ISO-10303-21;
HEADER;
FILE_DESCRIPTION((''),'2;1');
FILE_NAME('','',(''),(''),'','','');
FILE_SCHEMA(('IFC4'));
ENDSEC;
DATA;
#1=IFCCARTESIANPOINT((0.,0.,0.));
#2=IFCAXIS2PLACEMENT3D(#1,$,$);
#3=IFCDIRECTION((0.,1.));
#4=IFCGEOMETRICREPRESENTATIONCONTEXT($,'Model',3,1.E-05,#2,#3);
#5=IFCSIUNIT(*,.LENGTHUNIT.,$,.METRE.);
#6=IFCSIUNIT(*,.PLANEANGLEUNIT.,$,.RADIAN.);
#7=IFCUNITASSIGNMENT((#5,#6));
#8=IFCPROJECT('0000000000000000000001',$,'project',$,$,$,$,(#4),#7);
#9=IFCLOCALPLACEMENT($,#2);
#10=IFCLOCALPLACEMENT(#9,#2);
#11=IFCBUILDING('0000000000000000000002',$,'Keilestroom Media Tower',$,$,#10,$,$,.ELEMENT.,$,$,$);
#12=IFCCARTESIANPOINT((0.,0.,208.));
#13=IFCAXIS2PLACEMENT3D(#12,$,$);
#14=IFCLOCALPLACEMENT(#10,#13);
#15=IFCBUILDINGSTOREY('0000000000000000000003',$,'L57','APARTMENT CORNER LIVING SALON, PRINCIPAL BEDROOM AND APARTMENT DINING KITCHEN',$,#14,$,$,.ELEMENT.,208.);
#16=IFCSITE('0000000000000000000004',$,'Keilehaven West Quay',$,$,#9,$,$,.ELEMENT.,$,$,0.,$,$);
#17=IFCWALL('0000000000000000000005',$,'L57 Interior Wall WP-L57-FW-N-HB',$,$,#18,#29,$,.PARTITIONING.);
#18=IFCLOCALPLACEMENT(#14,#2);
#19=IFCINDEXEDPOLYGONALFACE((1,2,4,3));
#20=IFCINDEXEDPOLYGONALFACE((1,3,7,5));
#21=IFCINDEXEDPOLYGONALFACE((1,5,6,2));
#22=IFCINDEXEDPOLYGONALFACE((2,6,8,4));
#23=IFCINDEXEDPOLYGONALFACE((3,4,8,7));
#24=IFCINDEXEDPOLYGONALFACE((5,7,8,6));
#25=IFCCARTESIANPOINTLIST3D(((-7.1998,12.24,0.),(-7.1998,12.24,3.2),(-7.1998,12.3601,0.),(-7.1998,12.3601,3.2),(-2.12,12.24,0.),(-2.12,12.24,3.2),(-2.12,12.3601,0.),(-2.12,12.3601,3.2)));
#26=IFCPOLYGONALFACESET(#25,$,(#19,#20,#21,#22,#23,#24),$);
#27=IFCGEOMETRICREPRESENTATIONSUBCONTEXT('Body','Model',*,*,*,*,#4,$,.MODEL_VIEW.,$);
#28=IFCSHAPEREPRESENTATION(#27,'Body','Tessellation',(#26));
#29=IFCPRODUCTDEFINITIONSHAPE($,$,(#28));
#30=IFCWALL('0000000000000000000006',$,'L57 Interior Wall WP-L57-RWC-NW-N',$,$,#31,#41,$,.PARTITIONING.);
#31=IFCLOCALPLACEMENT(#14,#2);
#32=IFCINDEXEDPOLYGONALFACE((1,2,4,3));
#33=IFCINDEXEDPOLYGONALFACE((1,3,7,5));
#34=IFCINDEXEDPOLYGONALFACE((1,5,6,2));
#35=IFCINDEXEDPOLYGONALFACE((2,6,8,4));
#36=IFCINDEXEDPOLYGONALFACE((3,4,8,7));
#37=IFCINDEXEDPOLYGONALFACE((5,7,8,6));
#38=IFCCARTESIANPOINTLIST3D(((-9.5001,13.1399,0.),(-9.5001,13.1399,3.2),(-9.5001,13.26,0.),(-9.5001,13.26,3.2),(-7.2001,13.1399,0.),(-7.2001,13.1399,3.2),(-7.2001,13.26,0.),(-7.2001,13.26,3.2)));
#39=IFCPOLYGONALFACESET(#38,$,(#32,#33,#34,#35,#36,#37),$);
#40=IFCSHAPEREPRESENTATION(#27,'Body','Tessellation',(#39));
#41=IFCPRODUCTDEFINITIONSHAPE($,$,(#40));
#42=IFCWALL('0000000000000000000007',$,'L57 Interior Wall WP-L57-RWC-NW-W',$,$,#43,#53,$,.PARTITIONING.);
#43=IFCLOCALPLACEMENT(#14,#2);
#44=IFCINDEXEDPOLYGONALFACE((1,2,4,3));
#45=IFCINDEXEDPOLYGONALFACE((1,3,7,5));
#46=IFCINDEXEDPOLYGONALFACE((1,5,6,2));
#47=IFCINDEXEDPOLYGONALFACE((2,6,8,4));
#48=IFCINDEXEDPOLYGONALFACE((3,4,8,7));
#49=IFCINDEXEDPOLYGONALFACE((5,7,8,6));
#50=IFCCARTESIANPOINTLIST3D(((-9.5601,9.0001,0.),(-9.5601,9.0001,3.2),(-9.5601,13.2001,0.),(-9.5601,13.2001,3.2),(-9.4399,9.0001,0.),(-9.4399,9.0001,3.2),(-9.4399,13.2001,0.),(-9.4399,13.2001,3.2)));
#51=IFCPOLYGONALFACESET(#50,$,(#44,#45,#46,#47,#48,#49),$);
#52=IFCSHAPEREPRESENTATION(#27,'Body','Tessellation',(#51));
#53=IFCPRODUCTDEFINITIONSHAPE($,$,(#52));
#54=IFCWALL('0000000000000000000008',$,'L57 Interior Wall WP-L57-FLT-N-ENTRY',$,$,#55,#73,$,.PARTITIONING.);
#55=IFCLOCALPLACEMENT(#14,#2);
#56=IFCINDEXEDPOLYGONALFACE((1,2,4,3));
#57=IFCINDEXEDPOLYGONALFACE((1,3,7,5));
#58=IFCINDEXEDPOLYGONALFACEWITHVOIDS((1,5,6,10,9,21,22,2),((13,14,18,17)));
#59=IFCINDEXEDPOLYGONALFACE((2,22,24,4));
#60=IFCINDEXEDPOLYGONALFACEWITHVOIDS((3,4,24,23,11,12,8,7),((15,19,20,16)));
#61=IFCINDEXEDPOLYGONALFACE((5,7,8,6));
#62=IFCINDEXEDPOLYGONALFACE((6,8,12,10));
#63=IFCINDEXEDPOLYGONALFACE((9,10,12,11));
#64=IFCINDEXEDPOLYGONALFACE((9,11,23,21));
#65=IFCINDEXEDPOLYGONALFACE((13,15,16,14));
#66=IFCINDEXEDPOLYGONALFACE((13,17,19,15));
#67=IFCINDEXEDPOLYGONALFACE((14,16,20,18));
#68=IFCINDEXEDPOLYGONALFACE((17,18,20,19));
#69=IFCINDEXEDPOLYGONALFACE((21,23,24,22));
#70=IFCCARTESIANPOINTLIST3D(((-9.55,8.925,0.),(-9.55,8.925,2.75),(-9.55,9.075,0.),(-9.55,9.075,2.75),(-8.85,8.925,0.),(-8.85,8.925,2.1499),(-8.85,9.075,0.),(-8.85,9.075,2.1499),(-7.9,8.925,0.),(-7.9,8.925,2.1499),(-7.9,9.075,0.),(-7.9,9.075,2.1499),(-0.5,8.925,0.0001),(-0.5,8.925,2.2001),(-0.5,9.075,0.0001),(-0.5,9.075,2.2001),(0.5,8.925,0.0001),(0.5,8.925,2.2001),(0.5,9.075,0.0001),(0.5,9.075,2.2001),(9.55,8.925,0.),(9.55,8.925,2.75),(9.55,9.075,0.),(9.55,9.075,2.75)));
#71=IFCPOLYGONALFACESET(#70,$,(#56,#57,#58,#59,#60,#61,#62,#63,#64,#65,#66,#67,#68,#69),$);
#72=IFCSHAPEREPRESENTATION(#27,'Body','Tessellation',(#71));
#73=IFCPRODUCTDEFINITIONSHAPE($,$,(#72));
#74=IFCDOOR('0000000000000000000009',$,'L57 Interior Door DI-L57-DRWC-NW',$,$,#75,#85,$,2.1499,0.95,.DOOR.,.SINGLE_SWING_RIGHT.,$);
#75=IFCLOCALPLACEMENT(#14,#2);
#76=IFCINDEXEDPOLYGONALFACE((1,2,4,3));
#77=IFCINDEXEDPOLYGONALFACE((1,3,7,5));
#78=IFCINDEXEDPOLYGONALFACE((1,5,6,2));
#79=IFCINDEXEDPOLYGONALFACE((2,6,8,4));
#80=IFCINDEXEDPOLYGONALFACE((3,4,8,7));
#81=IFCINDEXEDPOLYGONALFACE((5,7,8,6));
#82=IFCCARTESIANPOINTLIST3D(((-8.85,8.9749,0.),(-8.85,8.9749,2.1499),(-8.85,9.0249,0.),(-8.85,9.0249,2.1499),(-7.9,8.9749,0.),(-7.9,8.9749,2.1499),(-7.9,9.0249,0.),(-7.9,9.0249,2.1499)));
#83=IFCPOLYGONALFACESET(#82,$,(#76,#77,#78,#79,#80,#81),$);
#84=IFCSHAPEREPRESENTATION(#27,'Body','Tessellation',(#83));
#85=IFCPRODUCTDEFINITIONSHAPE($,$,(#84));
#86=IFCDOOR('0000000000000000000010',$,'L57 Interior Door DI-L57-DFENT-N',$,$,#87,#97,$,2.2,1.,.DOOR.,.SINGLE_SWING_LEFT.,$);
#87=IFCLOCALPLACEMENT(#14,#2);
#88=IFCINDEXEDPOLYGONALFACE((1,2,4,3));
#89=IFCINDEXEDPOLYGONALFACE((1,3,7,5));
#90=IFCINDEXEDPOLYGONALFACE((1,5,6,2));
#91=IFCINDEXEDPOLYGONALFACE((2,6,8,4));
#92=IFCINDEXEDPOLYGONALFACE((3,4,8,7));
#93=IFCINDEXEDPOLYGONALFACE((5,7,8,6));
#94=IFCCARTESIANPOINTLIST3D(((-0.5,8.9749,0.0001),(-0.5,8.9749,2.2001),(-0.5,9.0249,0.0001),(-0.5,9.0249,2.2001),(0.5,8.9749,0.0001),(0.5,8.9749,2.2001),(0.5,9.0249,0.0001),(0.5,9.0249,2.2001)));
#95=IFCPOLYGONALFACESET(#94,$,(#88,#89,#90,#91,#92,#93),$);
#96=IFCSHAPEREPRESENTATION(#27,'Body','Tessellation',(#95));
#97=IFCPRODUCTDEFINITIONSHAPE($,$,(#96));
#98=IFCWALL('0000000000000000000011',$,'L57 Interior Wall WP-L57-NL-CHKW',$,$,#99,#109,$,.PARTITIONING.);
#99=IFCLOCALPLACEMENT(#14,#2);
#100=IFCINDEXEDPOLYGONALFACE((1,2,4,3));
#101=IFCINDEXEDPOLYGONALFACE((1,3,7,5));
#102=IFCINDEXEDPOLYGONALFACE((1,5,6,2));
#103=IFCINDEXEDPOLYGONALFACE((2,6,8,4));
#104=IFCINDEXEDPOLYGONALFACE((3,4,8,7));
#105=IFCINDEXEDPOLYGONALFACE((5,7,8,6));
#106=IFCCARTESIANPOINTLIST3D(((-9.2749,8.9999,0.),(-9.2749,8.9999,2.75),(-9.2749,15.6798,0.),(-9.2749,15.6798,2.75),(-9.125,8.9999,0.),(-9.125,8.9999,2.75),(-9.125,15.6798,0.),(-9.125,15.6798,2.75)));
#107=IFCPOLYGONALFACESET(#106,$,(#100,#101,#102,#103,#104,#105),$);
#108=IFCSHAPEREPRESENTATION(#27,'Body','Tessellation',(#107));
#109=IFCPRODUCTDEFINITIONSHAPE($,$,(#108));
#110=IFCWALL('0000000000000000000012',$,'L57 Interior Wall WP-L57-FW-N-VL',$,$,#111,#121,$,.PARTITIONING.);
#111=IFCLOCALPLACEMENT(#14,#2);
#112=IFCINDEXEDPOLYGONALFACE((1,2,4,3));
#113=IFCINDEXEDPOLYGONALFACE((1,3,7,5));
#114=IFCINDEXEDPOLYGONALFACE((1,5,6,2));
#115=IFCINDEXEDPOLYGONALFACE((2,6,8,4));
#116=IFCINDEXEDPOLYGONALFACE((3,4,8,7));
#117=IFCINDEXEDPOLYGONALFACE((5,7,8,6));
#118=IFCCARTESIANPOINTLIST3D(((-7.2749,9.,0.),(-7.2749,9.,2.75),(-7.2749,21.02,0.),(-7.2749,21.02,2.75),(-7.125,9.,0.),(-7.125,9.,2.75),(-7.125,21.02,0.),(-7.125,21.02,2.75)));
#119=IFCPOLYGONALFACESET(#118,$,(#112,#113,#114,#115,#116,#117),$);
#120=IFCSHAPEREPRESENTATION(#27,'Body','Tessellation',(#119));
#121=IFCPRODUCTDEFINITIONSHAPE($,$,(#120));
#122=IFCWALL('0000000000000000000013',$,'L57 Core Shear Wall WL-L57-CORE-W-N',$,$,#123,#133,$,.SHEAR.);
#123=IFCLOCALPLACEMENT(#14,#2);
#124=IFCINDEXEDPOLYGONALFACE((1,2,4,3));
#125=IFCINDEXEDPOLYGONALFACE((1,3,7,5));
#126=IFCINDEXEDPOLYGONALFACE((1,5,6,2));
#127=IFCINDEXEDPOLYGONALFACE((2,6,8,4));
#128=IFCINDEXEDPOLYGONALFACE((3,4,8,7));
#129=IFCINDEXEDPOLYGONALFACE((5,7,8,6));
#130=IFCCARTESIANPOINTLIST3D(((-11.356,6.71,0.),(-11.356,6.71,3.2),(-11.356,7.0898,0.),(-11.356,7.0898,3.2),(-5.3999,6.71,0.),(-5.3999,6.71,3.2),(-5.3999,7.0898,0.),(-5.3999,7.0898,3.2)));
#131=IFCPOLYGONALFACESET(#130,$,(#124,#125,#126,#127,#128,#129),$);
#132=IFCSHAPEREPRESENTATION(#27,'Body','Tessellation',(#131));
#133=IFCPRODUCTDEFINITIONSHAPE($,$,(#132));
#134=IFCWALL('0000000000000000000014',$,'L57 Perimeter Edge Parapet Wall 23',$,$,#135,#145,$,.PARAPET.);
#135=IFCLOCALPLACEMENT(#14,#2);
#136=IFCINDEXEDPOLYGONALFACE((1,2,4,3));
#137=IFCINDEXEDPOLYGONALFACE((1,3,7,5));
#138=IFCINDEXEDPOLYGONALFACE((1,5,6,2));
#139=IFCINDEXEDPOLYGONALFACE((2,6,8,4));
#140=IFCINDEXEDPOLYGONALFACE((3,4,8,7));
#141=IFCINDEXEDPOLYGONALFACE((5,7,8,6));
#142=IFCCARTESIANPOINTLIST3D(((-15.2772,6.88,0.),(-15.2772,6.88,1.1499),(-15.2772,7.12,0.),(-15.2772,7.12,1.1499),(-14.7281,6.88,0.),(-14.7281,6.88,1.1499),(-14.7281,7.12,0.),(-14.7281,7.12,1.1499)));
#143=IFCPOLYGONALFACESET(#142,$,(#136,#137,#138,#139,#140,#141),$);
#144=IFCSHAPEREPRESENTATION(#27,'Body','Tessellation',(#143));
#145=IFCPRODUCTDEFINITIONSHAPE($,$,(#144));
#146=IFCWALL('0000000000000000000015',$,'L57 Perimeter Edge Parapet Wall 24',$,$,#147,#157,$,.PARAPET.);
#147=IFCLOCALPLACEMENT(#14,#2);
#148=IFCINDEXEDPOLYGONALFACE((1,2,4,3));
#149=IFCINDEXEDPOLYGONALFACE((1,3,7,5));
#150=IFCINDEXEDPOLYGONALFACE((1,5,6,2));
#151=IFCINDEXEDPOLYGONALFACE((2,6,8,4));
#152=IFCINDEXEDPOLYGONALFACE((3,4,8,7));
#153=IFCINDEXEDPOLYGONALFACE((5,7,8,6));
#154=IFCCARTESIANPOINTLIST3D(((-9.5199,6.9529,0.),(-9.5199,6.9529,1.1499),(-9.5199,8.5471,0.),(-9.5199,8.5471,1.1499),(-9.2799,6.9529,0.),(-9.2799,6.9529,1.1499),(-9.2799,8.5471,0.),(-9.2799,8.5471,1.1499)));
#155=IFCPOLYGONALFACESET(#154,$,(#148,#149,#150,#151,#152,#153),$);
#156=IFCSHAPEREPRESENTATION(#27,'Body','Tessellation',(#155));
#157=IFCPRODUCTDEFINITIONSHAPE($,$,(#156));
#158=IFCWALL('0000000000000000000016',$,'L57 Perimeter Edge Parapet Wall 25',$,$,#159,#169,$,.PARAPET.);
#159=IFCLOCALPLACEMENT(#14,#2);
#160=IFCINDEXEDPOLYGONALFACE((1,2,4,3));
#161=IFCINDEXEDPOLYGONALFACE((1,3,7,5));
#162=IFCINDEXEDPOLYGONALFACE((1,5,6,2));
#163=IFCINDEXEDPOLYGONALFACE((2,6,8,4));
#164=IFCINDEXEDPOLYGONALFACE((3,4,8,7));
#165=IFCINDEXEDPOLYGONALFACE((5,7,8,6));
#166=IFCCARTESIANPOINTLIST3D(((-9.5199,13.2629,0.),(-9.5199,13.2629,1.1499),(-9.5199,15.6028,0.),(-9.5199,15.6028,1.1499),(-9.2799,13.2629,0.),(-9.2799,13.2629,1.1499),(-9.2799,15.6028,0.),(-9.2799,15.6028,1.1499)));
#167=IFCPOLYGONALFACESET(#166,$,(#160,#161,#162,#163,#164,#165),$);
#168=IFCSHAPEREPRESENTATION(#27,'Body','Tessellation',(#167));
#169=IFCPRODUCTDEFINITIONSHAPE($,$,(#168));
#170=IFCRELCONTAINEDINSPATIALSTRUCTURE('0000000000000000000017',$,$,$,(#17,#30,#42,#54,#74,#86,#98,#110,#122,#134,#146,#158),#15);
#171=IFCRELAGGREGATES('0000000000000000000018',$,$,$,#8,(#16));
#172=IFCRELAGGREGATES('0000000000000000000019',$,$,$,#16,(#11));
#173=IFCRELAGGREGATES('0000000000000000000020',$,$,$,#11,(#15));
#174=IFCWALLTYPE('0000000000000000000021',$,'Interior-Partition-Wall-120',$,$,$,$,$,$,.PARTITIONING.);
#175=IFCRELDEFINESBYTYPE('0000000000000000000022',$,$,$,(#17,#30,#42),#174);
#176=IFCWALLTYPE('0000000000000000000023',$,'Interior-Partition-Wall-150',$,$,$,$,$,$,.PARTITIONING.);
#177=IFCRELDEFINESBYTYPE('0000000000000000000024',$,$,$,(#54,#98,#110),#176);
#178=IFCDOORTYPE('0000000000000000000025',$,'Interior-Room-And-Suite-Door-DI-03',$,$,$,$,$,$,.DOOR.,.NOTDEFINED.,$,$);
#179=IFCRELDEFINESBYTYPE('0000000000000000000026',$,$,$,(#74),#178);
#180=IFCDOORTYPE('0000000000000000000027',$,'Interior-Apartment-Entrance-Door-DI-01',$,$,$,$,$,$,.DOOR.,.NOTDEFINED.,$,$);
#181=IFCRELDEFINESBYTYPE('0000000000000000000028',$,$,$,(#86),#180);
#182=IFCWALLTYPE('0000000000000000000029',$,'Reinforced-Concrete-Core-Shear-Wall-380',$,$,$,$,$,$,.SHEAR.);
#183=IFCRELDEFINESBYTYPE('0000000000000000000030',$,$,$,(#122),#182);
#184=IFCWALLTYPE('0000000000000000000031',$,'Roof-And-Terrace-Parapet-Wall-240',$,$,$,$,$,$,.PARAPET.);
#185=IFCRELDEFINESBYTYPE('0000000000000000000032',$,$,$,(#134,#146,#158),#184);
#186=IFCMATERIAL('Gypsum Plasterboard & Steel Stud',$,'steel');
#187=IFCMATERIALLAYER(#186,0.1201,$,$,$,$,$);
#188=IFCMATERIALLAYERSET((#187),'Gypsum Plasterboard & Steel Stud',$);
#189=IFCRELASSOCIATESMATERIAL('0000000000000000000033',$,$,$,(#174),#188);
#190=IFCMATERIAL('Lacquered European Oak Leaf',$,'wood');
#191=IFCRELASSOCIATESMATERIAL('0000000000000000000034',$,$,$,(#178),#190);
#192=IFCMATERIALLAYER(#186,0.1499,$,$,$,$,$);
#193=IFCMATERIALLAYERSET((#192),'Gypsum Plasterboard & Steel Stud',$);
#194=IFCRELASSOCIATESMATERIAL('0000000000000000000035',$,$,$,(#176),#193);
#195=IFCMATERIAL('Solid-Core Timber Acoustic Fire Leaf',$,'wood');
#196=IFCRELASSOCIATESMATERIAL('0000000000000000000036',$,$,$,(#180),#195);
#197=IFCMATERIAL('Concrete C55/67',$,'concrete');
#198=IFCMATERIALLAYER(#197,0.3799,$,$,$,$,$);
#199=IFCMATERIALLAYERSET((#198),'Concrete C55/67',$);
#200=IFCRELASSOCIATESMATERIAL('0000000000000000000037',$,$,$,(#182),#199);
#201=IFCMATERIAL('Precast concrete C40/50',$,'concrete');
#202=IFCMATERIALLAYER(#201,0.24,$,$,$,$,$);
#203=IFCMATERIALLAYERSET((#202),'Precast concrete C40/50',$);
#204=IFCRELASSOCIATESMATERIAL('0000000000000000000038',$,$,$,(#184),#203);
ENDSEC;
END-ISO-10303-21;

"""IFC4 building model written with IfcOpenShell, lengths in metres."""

from ifc_helpers import new_model, si_unit, direction, frame, frame_2d, origin, place, context, subcontext, project, spatial, rectangle, extrude, source, transform, mapped, material, layer, layer_set, type_object, element, fill, save


model = new_model("IFC4")

# Units and contexts
model_context = context("Model", 3, precision=1e-05, world=origin(), true_north=direction((0.0, 1.0)))
body_context = subcontext(model_context, "Body", "Model", "MODEL_VIEW")
ifc_project = project(units=[si_unit("LENGTHUNIT", "METRE"), si_unit("PLANEANGLEUNIT", "RADIAN")], contexts=[model_context])

# Site, building, storey
site_placement = place(None, origin())
site = spatial("IfcSite", under=ifc_project, at=site_placement, Name="Keilehaven West Quay", CompositionType="ELEMENT", RefElevation=0.0)
building_placement = place(site_placement, origin())
building = spatial("IfcBuilding", under=site, at=building_placement, Name="Keilestroom Media Tower", CompositionType="ELEMENT")
storey_placement = place(building_placement, frame((0.0, 0.0, 208.0)))
storey = spatial("IfcBuildingStorey", under=building, at=storey_placement, Name="L57", Description="APARTMENT CORNER LIVING SALON, PRINCIPAL BEDROOM AND APARTMENT DINING KITCHEN", CompositionType="ELEMENT", Elevation=208.0)

# Shared definitions
ifc_material_1 = material(Name="Precast concrete C40/50", Category="concrete")
ifc_material_2 = material(Name="Concrete C55/67", Category="concrete")

# Shared definitions
ifc_material_3 = material(Name="Gypsum Plasterboard & Steel Stud", Category="steel")
ifc_layer_1 = layer(ifc_material_3, 0.1201)
ifc_layer_set_1 = layer_set([ifc_layer_1], Name="Gypsum Plasterboard & Steel Stud")
wall_type_1 = type_object("IfcWallType", Name="Interior-Partition-Wall-120", PredefinedType="PARTITIONING", material=ifc_layer_set_1)
ifc_material_4 = material(Name="Lacquered European Oak Leaf", Category="wood")
door_type_1 = type_object("IfcDoorType", Name="Interior-Room-And-Suite-Door-DI-03", OperationType="NOTDEFINED", PredefinedType="DOOR", material=ifc_material_4)
shared_shape_1 = source(origin(), body_context, "Body", "SweptSolid", [
    extrude(rectangle(XDim=0.95, YDim=2.1499, at=frame_2d((0.4751, 1.075))), frame((0.0, 0.0249, 0.0), z_axis=(0.0, -1.0, 0.0), x_axis=(1.0, 0.0, 0.0)), (0.0, 0.0, 1.0), 0.05),
])

# Walls
wall_1_placement = place(storey_placement, frame((-7.2, 12.3, 0.0), z_axis=(0.0, 0.0, 1.0), x_axis=(1.0, 0.0, 0.0)))
element("IfcWall", 1, at=wall_1_placement, inside=storey, type_object=wall_type_1, Name="L57 Interior Wall WP-L57-FW-N-HB", PredefinedType="PARTITIONING", context=body_context, shape_type="SweptSolid", body=[
    extrude(rectangle(XDim=5.0798, YDim=0.1201, at=frame_2d((2.54, 0.0))), origin(), (0.0, 0.0, 1.0), 3.2),
])
wall_2_placement = place(storey_placement, frame((-9.5, 13.2, 0.0), z_axis=(0.0, 0.0, 1.0), x_axis=(1.0, 0.0, 0.0)))
element("IfcWall", 2, at=wall_2_placement, inside=storey, type_object=wall_type_1, Name="L57 Interior Wall WP-L57-RWC-NW-N", PredefinedType="PARTITIONING", context=body_context, shape_type="SweptSolid", body=[
    extrude(rectangle(XDim=2.3, YDim=0.1201, at=frame_2d((1.1499, 0.0))), origin(), (0.0, 0.0, 1.0), 3.2),
])
wall_3_placement = place(storey_placement, frame((-9.5, 9.0, 0.0), z_axis=(0.0, 0.0, 1.0), x_axis=(0.0, 1.0, 0.0)))
element("IfcWall", 3, at=wall_3_placement, inside=storey, type_object=wall_type_1, Name="L57 Interior Wall WP-L57-RWC-NW-W", PredefinedType="PARTITIONING", context=body_context, shape_type="SweptSolid", body=[
    extrude(rectangle(XDim=4.2, YDim=0.1201, at=frame_2d((2.1001, 0.0))), origin(), (0.0, 0.0, 1.0), 3.2),
])

# Wall, openings, doors
ifc_layer_2 = layer(ifc_material_3, 0.1499)
ifc_layer_set_2 = layer_set([ifc_layer_2], Name="Gypsum Plasterboard & Steel Stud")
wall_type_2 = type_object("IfcWallType", Name="Interior-Partition-Wall-150", PredefinedType="PARTITIONING", material=ifc_layer_set_2)
wall_4_placement = place(storey_placement, frame((-9.55, 9.0, 0.0), z_axis=(0.0, 0.0, 1.0), x_axis=(1.0, 0.0, 0.0)))
wall_4 = element("IfcWall", 4, at=wall_4_placement, inside=storey, type_object=wall_type_2, Name="L57 Interior Wall WP-L57-FLT-N-ENTRY", PredefinedType="PARTITIONING", context=body_context, shape_type="SweptSolid", body=[
    extrude(rectangle(XDim=19.1001, YDim=0.1499, at=frame_2d((9.55, 0.0))), origin(), (0.0, 0.0, 1.0), 2.75),
])
opening_1_placement = place(wall_4_placement, frame((0.7, 0.0, 0.0)))
opening_1 = element("IfcOpeningElement", 5, at=opening_1_placement, cuts=wall_4, PredefinedType="OPENING", context=body_context, shape_type="SweptSolid", body=[
    extrude(rectangle(XDim=0.95, YDim=2.1499, at=frame_2d((0.4751, 1.075))), frame((0.0, 0.085, 0.0), z_axis=(0.0, -1.0, 0.0), x_axis=(1.0, 0.0, 0.0)), (0.0, 0.0, 1.0), 0.1699),
])
opening_2_placement = place(wall_4_placement, frame((9.05, 0.0, 0.0)))
opening_2 = element("IfcOpeningElement", 6, at=opening_2_placement, cuts=wall_4, PredefinedType="OPENING", context=body_context, shape_type="SweptSolid", body=[
    extrude(rectangle(XDim=1.0, YDim=2.2, at=frame_2d((0.5, 1.1001))), frame((0.0, 0.085, 0.0), z_axis=(0.0, -1.0, 0.0), x_axis=(1.0, 0.0, 0.0)), (0.0, 0.0, 1.0), 0.1699),
])
door_1_placement = place(opening_1_placement, origin())
door_1 = element("IfcDoor", 7, at=door_1_placement, inside=storey, type_object=door_type_1, Name="L57 Interior Door DI-L57-DRWC-NW", OperationType="SINGLE_SWING_RIGHT", OverallHeight=2.1499, OverallWidth=0.95, PredefinedType="DOOR", context=body_context, shape_type="MappedRepresentation", body=[
    mapped(shared_shape_1, transform((0.0, 0.0, 0.0), x_axis=(1.0, 0.0, 0.0), y_axis=(0.0, 1.0, 0.0), z_axis=(0.0, 0.0, 1.0), scale=1.0)),
])
fill(opening_1, door_1)
ifc_material_5 = material(Name="Solid-Core Timber Acoustic Fire Leaf", Category="wood")
door_type_2 = type_object("IfcDoorType", Name="Interior-Apartment-Entrance-Door-DI-01", OperationType="NOTDEFINED", PredefinedType="DOOR", material=ifc_material_5)
shared_shape_2 = source(origin(), body_context, "Body", "SweptSolid", [
    extrude(rectangle(XDim=1.0, YDim=2.2, at=frame_2d((0.5, 1.1001))), frame((0.0, 0.0249, 0.0), z_axis=(0.0, -1.0, 0.0), x_axis=(1.0, 0.0, 0.0)), (0.0, 0.0, 1.0), 0.05),
])
door_2_placement = place(opening_2_placement, origin())
door_2 = element("IfcDoor", 8, at=door_2_placement, inside=storey, type_object=door_type_2, Name="L57 Interior Door DI-L57-DFENT-N", OperationType="SINGLE_SWING_LEFT", OverallHeight=2.2, OverallWidth=1.0, PredefinedType="DOOR", context=body_context, shape_type="MappedRepresentation", body=[
    mapped(shared_shape_2, transform((0.0, 0.0, 0.0), x_axis=(1.0, 0.0, 0.0), y_axis=(0.0, 1.0, 0.0), z_axis=(0.0, 0.0, 1.0), scale=1.0)),
])
fill(opening_2, door_2)

# Walls
wall_5_placement = place(storey_placement, frame((-9.2, 9.0, 0.0), z_axis=(0.0, 0.0, 1.0), x_axis=(0.0, 1.0, 0.0)))
element("IfcWall", 9, at=wall_5_placement, inside=storey, type_object=wall_type_2, Name="L57 Interior Wall WP-L57-NL-CHKW", PredefinedType="PARTITIONING", context=body_context, shape_type="SweptSolid", body=[
    extrude(rectangle(XDim=6.6799, YDim=0.1499, at=frame_2d((3.3398, 0.0))), origin(), (0.0, 0.0, 1.0), 2.75),
])
wall_6_placement = place(storey_placement, frame((-7.2, 9.0, 0.0), z_axis=(0.0, 0.0, 1.0), x_axis=(0.0, 1.0, 0.0)))
element("IfcWall", 10, at=wall_6_placement, inside=storey, type_object=wall_type_2, Name="L57 Interior Wall WP-L57-FW-N-VL", PredefinedType="PARTITIONING", context=body_context, shape_type="SweptSolid", body=[
    extrude(rectangle(XDim=12.02, YDim=0.1499, at=frame_2d((6.01, 0.0))), origin(), (0.0, 0.0, 1.0), 2.75),
])
ifc_layer_3 = layer(ifc_material_2, 0.3799)
ifc_layer_set_3 = layer_set([ifc_layer_3], Name="Concrete C55/67")
wall_type_3 = type_object("IfcWallType", Name="Reinforced-Concrete-Core-Shear-Wall-380", PredefinedType="SHEAR", material=ifc_layer_set_3)
wall_7_placement = place(storey_placement, frame((-11.356, 6.8999, 0.0), z_axis=(0.0, 0.0, 1.0), x_axis=(1.0, 0.0, 0.0)))
element("IfcWall", 11, at=wall_7_placement, inside=storey, type_object=wall_type_3, Name="L57 Core Shear Wall WL-L57-CORE-W-N", PredefinedType="SHEAR", context=body_context, shape_type="SweptSolid", body=[
    extrude(rectangle(XDim=5.9561, YDim=0.3799, at=frame_2d((2.978, 0.0))), origin(), (0.0, 0.0, 1.0), 3.2),
])
ifc_layer_4 = layer(ifc_material_1, 0.24)
ifc_layer_set_4 = layer_set([ifc_layer_4], Name="Precast concrete C40/50")
wall_type_4 = type_object("IfcWallType", Name="Roof-And-Terrace-Parapet-Wall-240", PredefinedType="PARAPET", material=ifc_layer_set_4)
wall_8_placement = place(storey_placement, frame((-15.2771, 7.0, 0.0), z_axis=(0.0, 0.0, 1.0), x_axis=(1.0, 0.0, 0.0)))
element("IfcWall", 12, at=wall_8_placement, inside=storey, type_object=wall_type_4, Name="L57 Perimeter Edge Parapet Wall 23", PredefinedType="PARAPET", context=body_context, shape_type="SweptSolid", body=[
    extrude(rectangle(XDim=0.5491, YDim=0.24, at=frame_2d((0.2744, 0.0))), origin(), (0.0, 0.0, 1.0), 1.1499),
])
wall_9_placement = place(storey_placement, frame((-9.3999, 6.9529, 0.0), z_axis=(0.0, 0.0, 1.0), x_axis=(0.0, 1.0, 0.0)))
element("IfcWall", 13, at=wall_9_placement, inside=storey, type_object=wall_type_4, Name="L57 Perimeter Edge Parapet Wall 24", PredefinedType="PARAPET", context=body_context, shape_type="SweptSolid", body=[
    extrude(rectangle(XDim=1.5942, YDim=0.24, at=frame_2d((0.7971, 0.0))), origin(), (0.0, 0.0, 1.0), 1.1499),
])
wall_10_placement = place(storey_placement, frame((-9.3999, 13.2629, 0.0), z_axis=(0.0, 0.0, 1.0), x_axis=(0.0, 1.0, 0.0)))
element("IfcWall", 14, at=wall_10_placement, inside=storey, type_object=wall_type_4, Name="L57 Perimeter Edge Parapet Wall 25", PredefinedType="PARAPET", context=body_context, shape_type="SweptSolid", body=[
    extrude(rectangle(XDim=2.3398, YDim=0.24, at=frame_2d((1.1699, 0.0))), origin(), (0.0, 0.0, 1.0), 1.1499),
])

save(model, "model.ifc")
